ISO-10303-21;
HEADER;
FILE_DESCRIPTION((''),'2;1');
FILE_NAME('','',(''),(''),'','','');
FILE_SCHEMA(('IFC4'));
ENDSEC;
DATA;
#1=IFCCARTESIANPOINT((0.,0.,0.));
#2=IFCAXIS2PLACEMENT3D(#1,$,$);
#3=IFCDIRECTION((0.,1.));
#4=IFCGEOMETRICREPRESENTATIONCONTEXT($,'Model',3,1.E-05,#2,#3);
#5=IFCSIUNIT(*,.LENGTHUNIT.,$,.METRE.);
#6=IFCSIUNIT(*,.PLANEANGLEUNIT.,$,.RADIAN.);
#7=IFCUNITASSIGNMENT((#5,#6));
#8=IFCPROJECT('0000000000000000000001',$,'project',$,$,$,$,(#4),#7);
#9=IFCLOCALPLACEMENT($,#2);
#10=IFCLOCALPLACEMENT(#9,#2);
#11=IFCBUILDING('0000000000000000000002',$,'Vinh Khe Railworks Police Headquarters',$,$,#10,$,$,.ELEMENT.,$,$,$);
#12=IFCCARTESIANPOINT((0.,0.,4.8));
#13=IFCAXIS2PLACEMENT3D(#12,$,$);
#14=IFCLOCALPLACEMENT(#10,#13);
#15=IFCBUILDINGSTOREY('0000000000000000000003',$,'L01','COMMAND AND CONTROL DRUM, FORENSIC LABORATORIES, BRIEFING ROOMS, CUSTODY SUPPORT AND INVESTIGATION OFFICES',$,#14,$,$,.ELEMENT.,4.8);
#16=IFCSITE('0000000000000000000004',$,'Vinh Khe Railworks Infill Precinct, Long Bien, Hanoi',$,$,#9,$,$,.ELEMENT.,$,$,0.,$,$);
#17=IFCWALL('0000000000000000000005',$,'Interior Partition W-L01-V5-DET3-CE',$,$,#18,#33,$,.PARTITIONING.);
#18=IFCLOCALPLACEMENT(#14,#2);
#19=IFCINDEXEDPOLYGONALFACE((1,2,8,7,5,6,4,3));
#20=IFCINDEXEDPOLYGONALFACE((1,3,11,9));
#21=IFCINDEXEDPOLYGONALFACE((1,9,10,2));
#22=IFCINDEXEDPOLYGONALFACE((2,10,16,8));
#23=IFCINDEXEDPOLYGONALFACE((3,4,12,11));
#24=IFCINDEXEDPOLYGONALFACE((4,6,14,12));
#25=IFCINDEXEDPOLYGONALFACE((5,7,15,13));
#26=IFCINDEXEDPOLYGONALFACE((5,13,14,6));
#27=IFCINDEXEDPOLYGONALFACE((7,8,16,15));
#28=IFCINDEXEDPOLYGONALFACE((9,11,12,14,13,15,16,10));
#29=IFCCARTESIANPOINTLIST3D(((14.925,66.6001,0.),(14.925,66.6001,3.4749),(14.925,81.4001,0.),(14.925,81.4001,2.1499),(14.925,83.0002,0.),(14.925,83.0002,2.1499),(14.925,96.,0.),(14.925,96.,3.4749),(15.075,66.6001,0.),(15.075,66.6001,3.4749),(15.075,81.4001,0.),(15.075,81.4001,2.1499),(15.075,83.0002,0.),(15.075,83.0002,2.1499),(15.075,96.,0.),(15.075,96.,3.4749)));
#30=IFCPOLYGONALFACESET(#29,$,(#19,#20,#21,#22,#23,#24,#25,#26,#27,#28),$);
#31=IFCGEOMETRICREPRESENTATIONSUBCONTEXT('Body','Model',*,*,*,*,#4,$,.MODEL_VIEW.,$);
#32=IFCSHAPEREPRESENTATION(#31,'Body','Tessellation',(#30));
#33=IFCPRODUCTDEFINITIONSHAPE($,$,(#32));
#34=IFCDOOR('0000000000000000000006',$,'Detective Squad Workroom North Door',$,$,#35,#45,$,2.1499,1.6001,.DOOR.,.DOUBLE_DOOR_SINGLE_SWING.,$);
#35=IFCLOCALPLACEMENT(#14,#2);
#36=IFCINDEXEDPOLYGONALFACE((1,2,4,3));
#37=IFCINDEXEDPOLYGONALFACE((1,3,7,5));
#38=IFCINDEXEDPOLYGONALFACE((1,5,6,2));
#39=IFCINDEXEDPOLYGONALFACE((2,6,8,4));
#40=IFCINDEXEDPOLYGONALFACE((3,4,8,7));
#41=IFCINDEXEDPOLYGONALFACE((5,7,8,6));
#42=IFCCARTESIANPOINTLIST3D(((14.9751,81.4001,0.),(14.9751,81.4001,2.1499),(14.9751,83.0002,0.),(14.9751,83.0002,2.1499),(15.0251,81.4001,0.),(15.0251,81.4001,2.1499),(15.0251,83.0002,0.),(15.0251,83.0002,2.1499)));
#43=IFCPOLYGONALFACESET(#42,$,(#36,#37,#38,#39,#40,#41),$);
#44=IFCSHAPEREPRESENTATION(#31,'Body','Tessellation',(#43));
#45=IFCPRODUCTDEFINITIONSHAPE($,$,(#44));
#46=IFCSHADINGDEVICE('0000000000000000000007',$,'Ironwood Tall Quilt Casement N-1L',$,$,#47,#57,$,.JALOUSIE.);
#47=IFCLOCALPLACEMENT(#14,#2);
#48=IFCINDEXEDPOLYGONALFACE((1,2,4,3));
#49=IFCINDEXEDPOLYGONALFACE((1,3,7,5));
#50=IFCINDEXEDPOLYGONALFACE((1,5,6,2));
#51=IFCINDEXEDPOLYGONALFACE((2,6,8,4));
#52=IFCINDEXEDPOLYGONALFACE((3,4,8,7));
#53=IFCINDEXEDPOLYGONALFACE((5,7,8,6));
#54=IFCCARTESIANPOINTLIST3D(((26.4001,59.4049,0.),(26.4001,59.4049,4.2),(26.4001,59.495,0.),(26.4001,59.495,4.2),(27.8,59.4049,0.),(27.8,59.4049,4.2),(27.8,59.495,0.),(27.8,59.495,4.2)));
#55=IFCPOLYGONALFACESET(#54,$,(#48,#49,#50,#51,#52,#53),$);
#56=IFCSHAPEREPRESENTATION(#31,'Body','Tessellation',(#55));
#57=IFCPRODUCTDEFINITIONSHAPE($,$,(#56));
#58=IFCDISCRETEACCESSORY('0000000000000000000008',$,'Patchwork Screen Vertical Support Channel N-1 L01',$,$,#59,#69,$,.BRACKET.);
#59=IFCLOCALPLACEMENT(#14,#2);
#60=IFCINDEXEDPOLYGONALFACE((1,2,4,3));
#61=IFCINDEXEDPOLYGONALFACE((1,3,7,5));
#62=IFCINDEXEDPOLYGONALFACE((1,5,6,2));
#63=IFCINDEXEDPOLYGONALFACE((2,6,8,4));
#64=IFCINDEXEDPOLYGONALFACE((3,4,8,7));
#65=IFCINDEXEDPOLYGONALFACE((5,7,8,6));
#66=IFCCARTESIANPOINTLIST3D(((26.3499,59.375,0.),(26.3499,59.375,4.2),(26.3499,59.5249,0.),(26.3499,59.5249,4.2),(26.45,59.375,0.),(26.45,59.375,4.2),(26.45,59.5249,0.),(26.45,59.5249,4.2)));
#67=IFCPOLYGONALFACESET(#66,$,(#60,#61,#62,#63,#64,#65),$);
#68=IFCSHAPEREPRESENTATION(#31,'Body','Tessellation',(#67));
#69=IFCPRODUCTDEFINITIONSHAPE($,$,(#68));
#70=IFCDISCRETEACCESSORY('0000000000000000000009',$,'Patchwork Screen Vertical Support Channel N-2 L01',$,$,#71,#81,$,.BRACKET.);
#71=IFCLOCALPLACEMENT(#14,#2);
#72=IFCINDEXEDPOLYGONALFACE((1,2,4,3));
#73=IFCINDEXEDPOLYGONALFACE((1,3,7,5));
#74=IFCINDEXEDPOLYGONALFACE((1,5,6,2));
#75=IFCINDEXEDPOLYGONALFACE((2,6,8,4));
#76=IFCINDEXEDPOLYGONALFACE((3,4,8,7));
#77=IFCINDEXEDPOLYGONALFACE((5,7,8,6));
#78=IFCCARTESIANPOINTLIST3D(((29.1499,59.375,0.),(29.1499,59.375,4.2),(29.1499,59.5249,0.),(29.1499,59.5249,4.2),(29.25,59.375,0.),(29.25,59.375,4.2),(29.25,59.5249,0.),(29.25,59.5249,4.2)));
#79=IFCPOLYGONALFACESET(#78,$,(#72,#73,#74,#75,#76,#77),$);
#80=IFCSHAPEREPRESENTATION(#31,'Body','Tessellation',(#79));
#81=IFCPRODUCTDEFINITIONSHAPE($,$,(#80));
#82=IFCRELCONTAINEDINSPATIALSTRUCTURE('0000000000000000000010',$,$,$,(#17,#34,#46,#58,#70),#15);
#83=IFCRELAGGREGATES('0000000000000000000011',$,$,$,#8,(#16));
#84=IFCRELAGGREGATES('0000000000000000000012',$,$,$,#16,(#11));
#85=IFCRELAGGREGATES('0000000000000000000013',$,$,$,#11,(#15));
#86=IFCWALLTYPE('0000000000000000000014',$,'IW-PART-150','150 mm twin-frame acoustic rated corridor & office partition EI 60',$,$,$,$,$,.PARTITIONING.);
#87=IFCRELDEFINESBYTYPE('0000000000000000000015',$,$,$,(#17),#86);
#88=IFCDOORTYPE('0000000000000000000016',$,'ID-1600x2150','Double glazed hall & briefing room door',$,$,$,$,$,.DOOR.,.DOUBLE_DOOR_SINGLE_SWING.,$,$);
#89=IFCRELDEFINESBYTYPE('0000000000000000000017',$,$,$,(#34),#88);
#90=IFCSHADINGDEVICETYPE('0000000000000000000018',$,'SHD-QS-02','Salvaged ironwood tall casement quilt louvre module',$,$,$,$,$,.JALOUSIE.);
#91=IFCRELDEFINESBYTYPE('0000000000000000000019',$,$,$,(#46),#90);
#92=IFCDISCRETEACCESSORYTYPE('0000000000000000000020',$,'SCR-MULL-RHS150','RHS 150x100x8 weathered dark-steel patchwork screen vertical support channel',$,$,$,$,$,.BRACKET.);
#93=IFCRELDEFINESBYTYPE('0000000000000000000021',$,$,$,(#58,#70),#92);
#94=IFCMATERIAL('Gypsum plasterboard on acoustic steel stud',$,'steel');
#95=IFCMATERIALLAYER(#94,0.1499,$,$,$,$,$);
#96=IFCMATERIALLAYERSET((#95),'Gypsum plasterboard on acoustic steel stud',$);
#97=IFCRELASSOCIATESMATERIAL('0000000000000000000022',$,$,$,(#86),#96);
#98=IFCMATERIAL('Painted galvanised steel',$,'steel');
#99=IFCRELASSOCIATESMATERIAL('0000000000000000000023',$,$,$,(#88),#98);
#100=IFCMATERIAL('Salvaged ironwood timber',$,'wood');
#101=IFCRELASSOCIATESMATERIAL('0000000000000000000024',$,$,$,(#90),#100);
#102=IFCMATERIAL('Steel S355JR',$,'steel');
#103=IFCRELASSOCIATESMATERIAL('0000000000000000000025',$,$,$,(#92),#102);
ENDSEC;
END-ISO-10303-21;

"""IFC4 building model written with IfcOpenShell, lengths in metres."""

from ifc_helpers import new_model, si_unit, direction, frame, frame_2d, origin, origin_2d, place, context, subcontext, project, spatial, rectangle, extrude, material, layer, layer_set, type_object, element, fill, save


model = new_model("IFC4")

# Units and contexts
model_context = context("Model", 3, precision=1e-05, world=origin(), true_north=direction((0.0, 1.0)))
body_context = subcontext(model_context, "Body", "Model", "MODEL_VIEW")
ifc_project = project(units=[si_unit("LENGTHUNIT", "METRE"), si_unit("PLANEANGLEUNIT", "RADIAN")], contexts=[model_context])

# Site, building, storey
site_placement = place(None, origin())
site = spatial("IfcSite", under=ifc_project, at=site_placement, Name="Vinh Khe Railworks Infill Precinct, Long Bien, Hanoi", CompositionType="ELEMENT", RefElevation=0.0)
building_placement = place(site_placement, origin())
building = spatial("IfcBuilding", under=site, at=building_placement, Name="Vinh Khe Railworks Police Headquarters", CompositionType="ELEMENT")
storey_placement = place(building_placement, frame((0.0, 0.0, 4.8)))
storey = spatial("IfcBuildingStorey", under=building, at=storey_placement, Name="L01", Description="COMMAND AND CONTROL DRUM, FORENSIC LABORATORIES, BRIEFING ROOMS, CUSTODY SUPPORT AND INVESTIGATION OFFICES", CompositionType="ELEMENT", Elevation=4.8)

# Shared definitions
ifc_material_1 = material(Name="Steel S355JR", Category="steel")

# Shared definitions
ifc_material_2 = material(Name="Salvaged ironwood timber", Category="wood")

# Wall, opening, door
ifc_material_3 = material(Name="Gypsum plasterboard on acoustic steel stud", Category="steel")
ifc_layer_1 = layer(ifc_material_3, 0.1499)
ifc_layer_set_1 = layer_set([ifc_layer_1], Name="Gypsum plasterboard on acoustic steel stud")
wall_type_1 = type_object("IfcWallType", Name="IW-PART-150", Description="150 mm twin-frame acoustic rated corridor & office partition EI 60", PredefinedType="PARTITIONING", material=ifc_layer_set_1)
wall_1_placement = place(storey_placement, frame((15.0, 66.6001, 0.0), z_axis=(0.0, 0.0, 1.0), x_axis=(0.0, 1.0, 0.0)))
wall_1 = element("IfcWall", 1, at=wall_1_placement, inside=storey, type_object=wall_type_1, Name="Interior Partition W-L01-V5-DET3-CE", PredefinedType="PARTITIONING", context=body_context, shape_type="SweptSolid", body=[
    extrude(rectangle(XDim=29.3999, YDim=0.1499, at=frame_2d((14.7, 0.0))), origin(), (0.0, 0.0, 1.0), 3.4749),
])
opening_1_placement = place(wall_1_placement, frame((14.8, 0.0, 0.0)))
opening_1 = element("IfcOpeningElement", 2, at=opening_1_placement, cuts=wall_1, PredefinedType="OPENING", context=body_context, shape_type="SweptSolid", body=[
    extrude(rectangle(XDim=1.6001, YDim=2.1499, at=frame_2d((0.8, 1.075))), frame((0.0, 0.0898, 0.0), z_axis=(0.0, -1.0, 0.0), x_axis=(1.0, 0.0, 0.0)), (0.0, 0.0, 1.0), 0.1797),
])
ifc_material_4 = material(Name="Painted galvanised steel", Category="steel")
door_type = type_object("IfcDoorType", Name="ID-1600x2150", Description="Double glazed hall & briefing room door", OperationType="DOUBLE_DOOR_SINGLE_SWING", PredefinedType="DOOR", material=ifc_material_4)
door_placement = place(opening_1_placement, origin())
door = element("IfcDoor", 3, at=door_placement, inside=storey, type_object=door_type, Name="Detective Squad Workroom North Door", OperationType="DOUBLE_DOOR_SINGLE_SWING", OverallHeight=2.1499, OverallWidth=1.6001, PredefinedType="DOOR", context=body_context, shape_type="SweptSolid", body=[
    extrude(rectangle(XDim=1.6001, YDim=2.1499, at=frame_2d((0.8, 1.075))), frame((0.0, 0.0249, 0.0), z_axis=(0.0, -1.0, 0.0), x_axis=(1.0, 0.0, 0.0)), (0.0, 0.0, 1.0), 0.05),
])
fill(opening_1, door)

# Shading device
shading_device_type = type_object("IfcShadingDeviceType", Name="SHD-QS-02", Description="Salvaged ironwood tall casement quilt louvre module", PredefinedType="JALOUSIE", material=ifc_material_2)
shading_device_placement = place(storey_placement, frame((27.1001, 59.45, 0.0), z_axis=(0.0, 0.0, 1.0), x_axis=(1.0, 0.0, 0.0)))
element("IfcShadingDevice", 4, at=shading_device_placement, inside=storey, type_object=shading_device_type, Name="Ironwood Tall Quilt Casement N-1L", PredefinedType="JALOUSIE", context=body_context, shape_type="SweptSolid", body=[
    extrude(rectangle(XDim=1.3999, YDim=0.0901, at=origin_2d()), origin(), (0.0, 0.0, 1.0), 4.2),
])

# Discrete accessories
discrete_accessory_type = type_object("IfcDiscreteAccessoryType", Name="SCR-MULL-RHS150", Description="RHS 150x100x8 weathered dark-steel patchwork screen vertical support channel", PredefinedType="BRACKET", material=ifc_material_1)
for number, where, z_axis, x_axis, name in (
    (5, (26.3999, 59.45, 0.0), (0.0, 0.0, 1.0), (1.0, 0.0, 0.0), "Patchwork Screen Vertical Support Channel N-1 L01"),
    (6, (29.2, 59.45, 0.0), (0.0, 0.0, 1.0), (1.0, 0.0, 0.0), "Patchwork Screen Vertical Support Channel N-2 L01"),
):
    element("IfcDiscreteAccessory", number, at=place(storey_placement, frame(where, z_axis=z_axis, x_axis=x_axis)), inside=storey, type_object=discrete_accessory_type, Name=name, PredefinedType="BRACKET", context=body_context, shape_type="SweptSolid", body=[
        extrude(rectangle(XDim=0.1001, YDim=0.1499, at=origin_2d()), origin(), (0.0, 0.0, 1.0), 4.2),
    ])

save(model, "model.ifc")
